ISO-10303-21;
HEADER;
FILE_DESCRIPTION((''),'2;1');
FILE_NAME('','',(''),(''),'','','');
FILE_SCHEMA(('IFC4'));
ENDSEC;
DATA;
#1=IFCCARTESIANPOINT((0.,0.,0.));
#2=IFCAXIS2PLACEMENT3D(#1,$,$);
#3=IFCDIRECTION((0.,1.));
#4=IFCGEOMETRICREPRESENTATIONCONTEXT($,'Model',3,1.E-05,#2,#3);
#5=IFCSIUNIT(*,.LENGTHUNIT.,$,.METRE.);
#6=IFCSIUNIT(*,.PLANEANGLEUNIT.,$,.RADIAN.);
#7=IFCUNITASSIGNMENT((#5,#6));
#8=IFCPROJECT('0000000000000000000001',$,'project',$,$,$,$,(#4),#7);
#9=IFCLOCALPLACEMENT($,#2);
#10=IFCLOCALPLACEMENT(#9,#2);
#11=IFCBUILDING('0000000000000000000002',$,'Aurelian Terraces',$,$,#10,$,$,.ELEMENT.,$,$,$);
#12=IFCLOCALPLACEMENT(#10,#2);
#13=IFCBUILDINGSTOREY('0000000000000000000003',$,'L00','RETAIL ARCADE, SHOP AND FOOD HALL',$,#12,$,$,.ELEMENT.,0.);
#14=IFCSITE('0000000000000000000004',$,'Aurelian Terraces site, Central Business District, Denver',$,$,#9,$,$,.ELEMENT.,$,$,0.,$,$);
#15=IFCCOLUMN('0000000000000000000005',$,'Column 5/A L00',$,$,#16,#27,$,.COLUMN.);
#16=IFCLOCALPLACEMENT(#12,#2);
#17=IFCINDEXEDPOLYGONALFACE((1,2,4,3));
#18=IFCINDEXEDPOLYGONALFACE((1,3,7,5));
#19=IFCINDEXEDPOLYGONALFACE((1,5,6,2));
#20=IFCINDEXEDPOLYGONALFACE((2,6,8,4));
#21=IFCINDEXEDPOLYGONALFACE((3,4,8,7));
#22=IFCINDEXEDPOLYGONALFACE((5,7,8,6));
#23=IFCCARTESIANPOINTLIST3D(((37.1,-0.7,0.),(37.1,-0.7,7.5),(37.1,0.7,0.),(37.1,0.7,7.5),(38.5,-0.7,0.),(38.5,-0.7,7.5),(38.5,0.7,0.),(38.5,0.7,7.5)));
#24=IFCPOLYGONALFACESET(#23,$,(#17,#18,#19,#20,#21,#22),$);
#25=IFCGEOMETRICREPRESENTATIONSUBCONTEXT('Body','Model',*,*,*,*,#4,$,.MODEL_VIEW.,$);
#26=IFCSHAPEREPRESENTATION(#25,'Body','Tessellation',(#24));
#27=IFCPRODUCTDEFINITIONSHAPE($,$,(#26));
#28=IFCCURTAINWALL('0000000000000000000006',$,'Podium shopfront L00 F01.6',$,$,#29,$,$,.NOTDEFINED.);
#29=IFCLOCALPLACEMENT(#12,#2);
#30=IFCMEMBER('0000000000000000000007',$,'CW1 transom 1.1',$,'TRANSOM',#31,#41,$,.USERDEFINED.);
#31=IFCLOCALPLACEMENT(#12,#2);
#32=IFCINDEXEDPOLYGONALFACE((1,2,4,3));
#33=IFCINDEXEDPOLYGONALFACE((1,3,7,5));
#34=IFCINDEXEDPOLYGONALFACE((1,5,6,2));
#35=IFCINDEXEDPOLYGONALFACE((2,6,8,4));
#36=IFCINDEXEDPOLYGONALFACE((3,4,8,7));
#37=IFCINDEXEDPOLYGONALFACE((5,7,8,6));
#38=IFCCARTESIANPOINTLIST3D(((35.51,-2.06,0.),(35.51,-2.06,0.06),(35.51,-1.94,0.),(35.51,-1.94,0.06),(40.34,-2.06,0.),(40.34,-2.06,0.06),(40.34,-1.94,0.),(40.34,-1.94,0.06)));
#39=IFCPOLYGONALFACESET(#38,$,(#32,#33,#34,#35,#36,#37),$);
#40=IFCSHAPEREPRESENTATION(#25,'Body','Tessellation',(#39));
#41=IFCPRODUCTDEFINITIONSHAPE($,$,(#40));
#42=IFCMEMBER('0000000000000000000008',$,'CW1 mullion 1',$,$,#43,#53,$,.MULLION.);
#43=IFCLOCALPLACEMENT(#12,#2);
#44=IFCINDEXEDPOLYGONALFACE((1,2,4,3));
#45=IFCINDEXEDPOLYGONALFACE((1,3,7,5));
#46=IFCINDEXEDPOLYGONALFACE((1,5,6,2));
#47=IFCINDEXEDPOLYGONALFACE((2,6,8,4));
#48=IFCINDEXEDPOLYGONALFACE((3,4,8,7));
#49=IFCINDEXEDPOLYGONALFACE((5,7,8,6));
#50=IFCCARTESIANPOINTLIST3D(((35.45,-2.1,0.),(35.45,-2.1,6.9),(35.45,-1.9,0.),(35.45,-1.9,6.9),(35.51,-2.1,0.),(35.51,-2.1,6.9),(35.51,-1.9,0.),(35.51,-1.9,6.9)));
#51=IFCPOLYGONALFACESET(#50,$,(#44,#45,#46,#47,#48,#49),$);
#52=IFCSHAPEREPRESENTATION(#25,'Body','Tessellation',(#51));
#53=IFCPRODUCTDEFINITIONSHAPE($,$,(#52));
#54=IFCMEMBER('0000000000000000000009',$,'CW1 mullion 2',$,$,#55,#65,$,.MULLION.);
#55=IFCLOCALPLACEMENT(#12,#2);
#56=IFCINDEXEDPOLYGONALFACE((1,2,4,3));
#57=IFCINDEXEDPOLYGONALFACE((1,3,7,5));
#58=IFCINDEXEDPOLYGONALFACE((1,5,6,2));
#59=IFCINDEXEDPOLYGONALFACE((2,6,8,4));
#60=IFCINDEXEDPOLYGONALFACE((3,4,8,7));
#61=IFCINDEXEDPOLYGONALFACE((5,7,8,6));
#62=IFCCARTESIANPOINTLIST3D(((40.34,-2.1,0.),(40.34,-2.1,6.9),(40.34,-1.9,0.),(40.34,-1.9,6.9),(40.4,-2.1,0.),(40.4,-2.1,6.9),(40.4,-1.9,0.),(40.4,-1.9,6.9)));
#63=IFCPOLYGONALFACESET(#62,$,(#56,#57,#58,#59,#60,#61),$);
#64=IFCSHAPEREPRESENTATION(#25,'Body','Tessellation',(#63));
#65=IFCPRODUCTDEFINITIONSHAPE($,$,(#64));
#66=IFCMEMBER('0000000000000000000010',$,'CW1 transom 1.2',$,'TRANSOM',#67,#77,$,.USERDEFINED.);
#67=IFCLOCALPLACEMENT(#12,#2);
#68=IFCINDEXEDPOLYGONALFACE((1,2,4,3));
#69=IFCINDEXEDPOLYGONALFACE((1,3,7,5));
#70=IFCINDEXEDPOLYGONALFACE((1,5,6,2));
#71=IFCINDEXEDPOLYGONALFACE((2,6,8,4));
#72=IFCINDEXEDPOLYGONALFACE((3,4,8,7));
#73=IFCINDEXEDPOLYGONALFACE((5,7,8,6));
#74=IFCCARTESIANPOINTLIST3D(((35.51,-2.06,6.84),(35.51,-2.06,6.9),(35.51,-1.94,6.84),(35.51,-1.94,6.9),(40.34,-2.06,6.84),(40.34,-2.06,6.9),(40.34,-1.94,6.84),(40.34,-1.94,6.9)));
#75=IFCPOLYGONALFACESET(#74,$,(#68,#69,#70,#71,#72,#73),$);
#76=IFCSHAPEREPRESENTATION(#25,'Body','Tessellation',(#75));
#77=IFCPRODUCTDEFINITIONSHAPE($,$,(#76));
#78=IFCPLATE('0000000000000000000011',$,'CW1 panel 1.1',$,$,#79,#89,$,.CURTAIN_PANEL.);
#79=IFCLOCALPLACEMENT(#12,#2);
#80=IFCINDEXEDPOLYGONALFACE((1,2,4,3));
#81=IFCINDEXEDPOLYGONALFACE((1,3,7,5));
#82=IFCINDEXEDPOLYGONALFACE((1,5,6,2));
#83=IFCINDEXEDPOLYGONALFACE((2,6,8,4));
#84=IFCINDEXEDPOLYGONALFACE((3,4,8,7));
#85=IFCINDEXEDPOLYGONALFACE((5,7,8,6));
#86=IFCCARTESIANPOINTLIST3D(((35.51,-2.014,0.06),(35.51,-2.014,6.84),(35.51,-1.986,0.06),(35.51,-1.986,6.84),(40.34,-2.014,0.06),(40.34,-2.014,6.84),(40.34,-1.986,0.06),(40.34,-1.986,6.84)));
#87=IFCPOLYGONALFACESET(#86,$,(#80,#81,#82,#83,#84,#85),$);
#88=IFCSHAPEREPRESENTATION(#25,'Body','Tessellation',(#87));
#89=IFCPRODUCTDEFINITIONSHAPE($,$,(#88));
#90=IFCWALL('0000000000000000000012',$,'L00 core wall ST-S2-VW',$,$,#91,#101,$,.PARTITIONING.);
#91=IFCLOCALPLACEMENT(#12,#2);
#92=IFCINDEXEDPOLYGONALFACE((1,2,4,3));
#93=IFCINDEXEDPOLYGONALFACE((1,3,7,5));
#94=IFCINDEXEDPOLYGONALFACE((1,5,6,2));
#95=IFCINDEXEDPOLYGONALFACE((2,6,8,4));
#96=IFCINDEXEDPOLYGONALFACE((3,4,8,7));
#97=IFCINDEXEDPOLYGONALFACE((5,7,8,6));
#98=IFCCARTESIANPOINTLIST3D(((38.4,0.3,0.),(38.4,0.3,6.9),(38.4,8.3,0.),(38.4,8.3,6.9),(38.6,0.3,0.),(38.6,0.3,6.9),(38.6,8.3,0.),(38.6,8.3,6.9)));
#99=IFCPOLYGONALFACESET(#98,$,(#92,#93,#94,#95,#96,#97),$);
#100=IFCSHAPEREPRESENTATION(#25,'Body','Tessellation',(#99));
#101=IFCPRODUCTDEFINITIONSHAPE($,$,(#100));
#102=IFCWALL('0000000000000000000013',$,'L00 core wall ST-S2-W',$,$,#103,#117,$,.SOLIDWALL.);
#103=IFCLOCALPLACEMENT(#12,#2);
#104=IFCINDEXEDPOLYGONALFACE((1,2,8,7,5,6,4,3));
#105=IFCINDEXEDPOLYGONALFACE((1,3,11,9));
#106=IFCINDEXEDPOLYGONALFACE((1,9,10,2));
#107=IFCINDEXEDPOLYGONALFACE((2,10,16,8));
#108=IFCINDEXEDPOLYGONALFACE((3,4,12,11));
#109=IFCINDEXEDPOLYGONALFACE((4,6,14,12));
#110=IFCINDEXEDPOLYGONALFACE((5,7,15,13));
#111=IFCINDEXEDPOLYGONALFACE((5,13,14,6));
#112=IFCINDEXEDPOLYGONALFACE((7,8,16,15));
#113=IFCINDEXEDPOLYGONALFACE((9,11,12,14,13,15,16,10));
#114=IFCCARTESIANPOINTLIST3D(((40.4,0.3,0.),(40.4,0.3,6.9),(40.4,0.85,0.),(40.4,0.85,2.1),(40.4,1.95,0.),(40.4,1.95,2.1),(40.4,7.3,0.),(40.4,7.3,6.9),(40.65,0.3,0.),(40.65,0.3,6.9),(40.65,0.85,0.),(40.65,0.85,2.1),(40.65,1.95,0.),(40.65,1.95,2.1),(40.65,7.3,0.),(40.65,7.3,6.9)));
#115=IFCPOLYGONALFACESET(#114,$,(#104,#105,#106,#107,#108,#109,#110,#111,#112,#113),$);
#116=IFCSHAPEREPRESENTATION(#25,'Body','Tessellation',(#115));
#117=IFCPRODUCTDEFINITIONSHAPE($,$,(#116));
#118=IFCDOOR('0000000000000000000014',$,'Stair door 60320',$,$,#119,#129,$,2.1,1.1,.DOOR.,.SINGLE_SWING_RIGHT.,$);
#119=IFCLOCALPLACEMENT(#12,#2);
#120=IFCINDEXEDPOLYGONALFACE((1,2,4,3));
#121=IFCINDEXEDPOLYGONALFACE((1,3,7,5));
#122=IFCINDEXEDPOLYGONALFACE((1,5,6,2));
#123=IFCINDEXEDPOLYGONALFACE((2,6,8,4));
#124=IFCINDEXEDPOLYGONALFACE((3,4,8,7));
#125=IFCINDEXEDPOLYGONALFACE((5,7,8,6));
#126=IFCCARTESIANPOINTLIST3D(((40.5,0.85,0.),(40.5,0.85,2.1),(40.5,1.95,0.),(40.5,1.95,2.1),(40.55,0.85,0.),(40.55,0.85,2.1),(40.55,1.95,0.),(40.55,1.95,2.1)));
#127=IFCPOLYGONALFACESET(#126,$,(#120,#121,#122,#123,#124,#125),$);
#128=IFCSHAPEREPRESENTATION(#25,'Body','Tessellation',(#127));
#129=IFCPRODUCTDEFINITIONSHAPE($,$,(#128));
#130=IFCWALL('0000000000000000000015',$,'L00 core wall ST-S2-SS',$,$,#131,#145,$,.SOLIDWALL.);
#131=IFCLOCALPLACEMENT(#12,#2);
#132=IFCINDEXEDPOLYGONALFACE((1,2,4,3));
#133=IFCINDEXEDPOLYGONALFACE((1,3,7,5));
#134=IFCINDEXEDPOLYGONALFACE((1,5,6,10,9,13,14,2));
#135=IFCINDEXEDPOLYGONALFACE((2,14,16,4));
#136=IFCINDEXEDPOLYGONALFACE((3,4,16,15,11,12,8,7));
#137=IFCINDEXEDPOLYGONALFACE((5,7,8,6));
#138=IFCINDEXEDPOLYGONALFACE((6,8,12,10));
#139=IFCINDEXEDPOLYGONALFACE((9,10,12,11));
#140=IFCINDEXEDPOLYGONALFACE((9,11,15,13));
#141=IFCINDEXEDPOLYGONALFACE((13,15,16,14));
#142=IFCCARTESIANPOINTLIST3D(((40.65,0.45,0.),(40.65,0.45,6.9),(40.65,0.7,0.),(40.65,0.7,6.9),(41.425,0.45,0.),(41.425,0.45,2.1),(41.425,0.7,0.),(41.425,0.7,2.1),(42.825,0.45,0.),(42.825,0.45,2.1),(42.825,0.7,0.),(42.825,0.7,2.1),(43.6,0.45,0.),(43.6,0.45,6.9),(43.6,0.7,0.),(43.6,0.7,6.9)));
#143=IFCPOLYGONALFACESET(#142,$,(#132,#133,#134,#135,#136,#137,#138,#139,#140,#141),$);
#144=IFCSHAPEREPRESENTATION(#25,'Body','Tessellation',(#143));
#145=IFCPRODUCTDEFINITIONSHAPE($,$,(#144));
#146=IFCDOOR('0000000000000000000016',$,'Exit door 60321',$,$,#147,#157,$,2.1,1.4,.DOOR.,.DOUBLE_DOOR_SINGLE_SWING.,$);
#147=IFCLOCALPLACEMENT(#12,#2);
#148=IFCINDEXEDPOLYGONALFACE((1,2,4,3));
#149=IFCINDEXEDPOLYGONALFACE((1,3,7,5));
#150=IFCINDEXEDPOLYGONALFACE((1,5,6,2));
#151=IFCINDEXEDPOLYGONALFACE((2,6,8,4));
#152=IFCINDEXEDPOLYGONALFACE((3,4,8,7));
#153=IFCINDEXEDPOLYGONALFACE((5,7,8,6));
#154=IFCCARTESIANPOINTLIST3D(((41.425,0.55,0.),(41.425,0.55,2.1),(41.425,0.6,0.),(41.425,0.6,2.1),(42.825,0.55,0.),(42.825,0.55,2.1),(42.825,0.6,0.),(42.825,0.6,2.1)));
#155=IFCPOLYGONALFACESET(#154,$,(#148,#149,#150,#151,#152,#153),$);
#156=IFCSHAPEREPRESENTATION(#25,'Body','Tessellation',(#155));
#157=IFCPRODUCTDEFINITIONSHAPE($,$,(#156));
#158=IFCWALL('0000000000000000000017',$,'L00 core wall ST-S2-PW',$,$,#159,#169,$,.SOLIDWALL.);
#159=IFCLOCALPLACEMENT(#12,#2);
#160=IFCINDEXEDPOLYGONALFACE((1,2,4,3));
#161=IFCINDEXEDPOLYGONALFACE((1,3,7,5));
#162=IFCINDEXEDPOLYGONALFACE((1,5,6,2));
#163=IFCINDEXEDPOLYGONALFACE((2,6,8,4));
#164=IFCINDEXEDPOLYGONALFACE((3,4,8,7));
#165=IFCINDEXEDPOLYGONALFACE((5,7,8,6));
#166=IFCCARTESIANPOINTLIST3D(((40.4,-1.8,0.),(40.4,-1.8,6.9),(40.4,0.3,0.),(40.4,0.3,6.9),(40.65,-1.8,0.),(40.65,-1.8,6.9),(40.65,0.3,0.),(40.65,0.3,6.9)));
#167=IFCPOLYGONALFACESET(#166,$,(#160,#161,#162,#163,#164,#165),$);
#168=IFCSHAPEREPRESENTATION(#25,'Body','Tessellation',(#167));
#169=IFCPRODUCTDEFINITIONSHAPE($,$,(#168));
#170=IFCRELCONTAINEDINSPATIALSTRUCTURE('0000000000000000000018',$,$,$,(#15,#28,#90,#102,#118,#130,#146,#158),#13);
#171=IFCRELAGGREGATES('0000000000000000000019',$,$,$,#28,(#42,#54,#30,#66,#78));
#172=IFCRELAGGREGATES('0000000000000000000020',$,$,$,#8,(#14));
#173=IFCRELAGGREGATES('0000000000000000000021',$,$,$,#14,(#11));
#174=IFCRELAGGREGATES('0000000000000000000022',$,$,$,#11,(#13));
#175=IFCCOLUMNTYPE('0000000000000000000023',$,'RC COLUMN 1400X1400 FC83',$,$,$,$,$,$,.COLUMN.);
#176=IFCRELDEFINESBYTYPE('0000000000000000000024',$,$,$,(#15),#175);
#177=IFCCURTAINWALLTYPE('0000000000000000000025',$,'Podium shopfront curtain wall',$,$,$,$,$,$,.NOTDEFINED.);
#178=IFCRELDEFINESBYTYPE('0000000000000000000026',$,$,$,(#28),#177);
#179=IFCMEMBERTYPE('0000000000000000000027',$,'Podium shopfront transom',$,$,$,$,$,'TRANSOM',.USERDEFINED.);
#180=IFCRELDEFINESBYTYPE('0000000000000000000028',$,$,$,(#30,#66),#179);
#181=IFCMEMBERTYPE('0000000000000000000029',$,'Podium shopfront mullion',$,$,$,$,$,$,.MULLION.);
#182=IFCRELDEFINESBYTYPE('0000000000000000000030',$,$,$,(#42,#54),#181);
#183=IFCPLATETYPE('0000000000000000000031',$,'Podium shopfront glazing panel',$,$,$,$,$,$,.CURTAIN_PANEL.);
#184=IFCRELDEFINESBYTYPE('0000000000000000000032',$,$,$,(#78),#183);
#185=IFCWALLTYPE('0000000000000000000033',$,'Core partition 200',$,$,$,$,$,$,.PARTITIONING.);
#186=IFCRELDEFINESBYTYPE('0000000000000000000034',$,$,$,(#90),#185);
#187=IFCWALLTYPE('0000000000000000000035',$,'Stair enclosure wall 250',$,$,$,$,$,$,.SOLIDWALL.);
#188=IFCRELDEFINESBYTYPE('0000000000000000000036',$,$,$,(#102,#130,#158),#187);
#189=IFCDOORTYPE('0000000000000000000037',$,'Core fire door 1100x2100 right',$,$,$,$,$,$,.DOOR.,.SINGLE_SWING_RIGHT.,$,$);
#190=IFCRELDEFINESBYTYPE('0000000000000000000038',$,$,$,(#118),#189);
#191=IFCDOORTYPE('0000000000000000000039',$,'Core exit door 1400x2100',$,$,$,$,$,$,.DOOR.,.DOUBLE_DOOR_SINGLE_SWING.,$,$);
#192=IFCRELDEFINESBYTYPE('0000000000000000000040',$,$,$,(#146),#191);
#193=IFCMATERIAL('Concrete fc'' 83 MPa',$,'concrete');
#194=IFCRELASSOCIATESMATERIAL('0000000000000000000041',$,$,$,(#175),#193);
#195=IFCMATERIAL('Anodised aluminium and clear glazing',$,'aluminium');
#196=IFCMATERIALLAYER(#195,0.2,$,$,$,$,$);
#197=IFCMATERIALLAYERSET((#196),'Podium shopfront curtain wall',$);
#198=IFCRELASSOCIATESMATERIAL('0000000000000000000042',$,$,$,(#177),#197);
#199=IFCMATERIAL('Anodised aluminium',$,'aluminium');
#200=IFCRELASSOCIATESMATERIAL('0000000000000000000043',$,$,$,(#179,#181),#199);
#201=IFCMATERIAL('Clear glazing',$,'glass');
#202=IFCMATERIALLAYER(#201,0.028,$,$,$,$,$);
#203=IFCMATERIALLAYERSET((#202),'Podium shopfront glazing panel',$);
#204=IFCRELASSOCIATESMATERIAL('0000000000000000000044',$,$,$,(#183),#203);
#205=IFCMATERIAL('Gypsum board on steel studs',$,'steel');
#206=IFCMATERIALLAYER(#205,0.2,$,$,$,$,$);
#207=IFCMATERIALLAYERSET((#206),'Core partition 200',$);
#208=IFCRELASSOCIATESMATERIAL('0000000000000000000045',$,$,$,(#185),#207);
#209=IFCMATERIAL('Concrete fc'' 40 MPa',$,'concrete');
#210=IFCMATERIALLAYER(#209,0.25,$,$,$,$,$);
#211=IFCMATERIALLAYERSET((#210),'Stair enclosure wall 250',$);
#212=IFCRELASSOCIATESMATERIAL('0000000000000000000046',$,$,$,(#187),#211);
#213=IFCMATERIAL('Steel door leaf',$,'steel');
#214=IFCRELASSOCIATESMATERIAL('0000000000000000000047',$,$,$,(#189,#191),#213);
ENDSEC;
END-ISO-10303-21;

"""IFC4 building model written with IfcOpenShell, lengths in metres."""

from ifc_helpers import new_model, si_unit, direction, frame, frame_2d, origin, origin_2d, place, context, subcontext, project, spatial, rectangle, extrude, source, transform, mapped, material, layer, layer_set, material_profile, profile_set, type_object, element, fill, aggregate, save


model = new_model("IFC4")

# Units and contexts
model_context = context("Model", 3, precision=1e-05, world=origin(), true_north=direction((0.0, 1.0)))
body_context = subcontext(model_context, "Body", "Model", "MODEL_VIEW")
ifc_project = project(units=[si_unit("LENGTHUNIT", "METRE"), si_unit("PLANEANGLEUNIT", "RADIAN")], contexts=[model_context])

# Site, building, storey
site_placement = place(None, origin())
site = spatial("IfcSite", under=ifc_project, at=site_placement, Name="Aurelian Terraces site, Central Business District, Denver", CompositionType="ELEMENT", RefElevation=0.0)
building_placement = place(site_placement, origin())
building = spatial("IfcBuilding", under=site, at=building_placement, Name="Aurelian Terraces", CompositionType="ELEMENT")
storey_placement = place(building_placement, origin())
storey = spatial("IfcBuildingStorey", under=building, at=storey_placement, Name="L00", Description="RETAIL ARCADE, SHOP AND FOOD HALL", CompositionType="ELEMENT", Elevation=0.0)

# Column
ifc_material_1 = material(Name="Concrete fc' 83 MPa", Category="concrete")
ifc_material_profile_1 = material_profile(ifc_material_1, rectangle(XDim=1.4, YDim=1.4, at=origin_2d()))
ifc_profile_set_1 = profile_set([ifc_material_profile_1], Name="Concrete fc' 83 MPa")
column_type = type_object("IfcColumnType", Name="RC COLUMN 1400X1400 FC83", PredefinedType="COLUMN", material=ifc_profile_set_1)
shared_shape_1 = source(origin(), body_context, "Body", "SweptSolid", [
    extrude(rectangle(XDim=1.4, YDim=1.4, at=origin_2d()), origin(), (0.0, 0.0, 1.0), 7.5),
])
column_placement = place(storey_placement, frame((37.8, 0.0, 0.0), z_axis=(0.0, 0.0, 1.0), x_axis=(1.0, 0.0, 0.0)))
element("IfcColumn", 1, at=column_placement, inside=storey, type_object=column_type, Name="Column 5/A L00", PredefinedType="COLUMN", context=body_context, shape_type="MappedRepresentation", body=[
    mapped(shared_shape_1, transform((0.0, 0.0, 0.0), scale=1.0)),
])

# Curtain wall, members, plate
ifc_material_2 = material(Name="Anodised aluminium and clear glazing", Category="aluminium")
ifc_layer_1 = layer(ifc_material_2, 0.2)
ifc_layer_set_1 = layer_set([ifc_layer_1], Name="Podium shopfront curtain wall")
curtain_wall_type = type_object("IfcCurtainWallType", Name="Podium shopfront curtain wall", PredefinedType="NOTDEFINED", material=ifc_layer_set_1)
curtain_wall_placement = place(storey_placement, origin())
curtain_wall = element("IfcCurtainWall", 2, at=curtain_wall_placement, inside=storey, type_object=curtain_wall_type, Name="Podium shopfront L00 F01.6", PredefinedType="NOTDEFINED")
ifc_material_3 = material(Name="Anodised aluminium", Category="aluminium")
ifc_material_profile_2 = material_profile(ifc_material_3, rectangle(XDim=0.12, YDim=0.06, at=origin_2d()))
ifc_profile_set_2 = profile_set([ifc_material_profile_2], Name="Anodised aluminium")
member_type_1 = type_object("IfcMemberType", Name="Podium shopfront transom", ElementType="TRANSOM", PredefinedType="USERDEFINED", material=ifc_profile_set_2)
member_1_placement = place(storey_placement, frame((35.51, -2.0, 0.03), z_axis=(1.0, 0.0, 0.0), x_axis=(0.0, 1.0, 0.0)))
member_1 = element("IfcMember", 3, at=member_1_placement, type_object=member_type_1, Name="CW1 transom 1.1", ObjectType="TRANSOM", PredefinedType="USERDEFINED", context=body_context, shape_type="SweptSolid", body=[
    extrude(rectangle(XDim=0.12, YDim=0.06, at=origin_2d()), origin(), (0.0, 0.0, 1.0), 4.83),
])
ifc_material_profile_3 = material_profile(ifc_material_3, rectangle(XDim=0.2, YDim=0.06, at=origin_2d()))
ifc_profile_set_3 = profile_set([ifc_material_profile_3], Name="Anodised aluminium")
member_type_2 = type_object("IfcMemberType", Name="Podium shopfront mullion", PredefinedType="MULLION", material=ifc_profile_set_3)
shared_shape_2 = source(origin(), body_context, "Body", "SweptSolid", [
    extrude(rectangle(XDim=0.2, YDim=0.06, at=origin_2d()), origin(), (0.0, 0.0, 1.0), 6.9),
])
member_2_placement = place(storey_placement, frame((35.48, -2.0, 0.0), z_axis=(0.0, 0.0, 1.0), x_axis=(0.0, 1.0, 0.0)))
member_2 = element("IfcMember", 4, at=member_2_placement, type_object=member_type_2, Name="CW1 mullion 1", PredefinedType="MULLION", context=body_context, shape_type="MappedRepresentation", body=[
    mapped(shared_shape_2, transform((0.0, 0.0, 0.0), scale=1.0)),
])
member_3_placement = place(storey_placement, frame((40.37, -2.0, 0.0), z_axis=(0.0, 0.0, 1.0), x_axis=(0.0, 1.0, 0.0)))
member_3 = element("IfcMember", 5, at=member_3_placement, type_object=member_type_2, Name="CW1 mullion 2", PredefinedType="MULLION", context=body_context, shape_type="MappedRepresentation", body=[
    mapped(shared_shape_2, transform((0.0, 0.0, 0.0), scale=1.0)),
])
shared_shape_3 = source(origin(), body_context, "Body", "SweptSolid", [
    extrude(rectangle(XDim=0.12, YDim=0.06, at=origin_2d()), origin(), (0.0, 0.0, 1.0), 4.83),
])
member_4_placement = place(storey_placement, frame((35.51, -2.0, 6.87), z_axis=(1.0, 0.0, 0.0), x_axis=(0.0, 1.0, 0.0)))
member_4 = element("IfcMember", 6, at=member_4_placement, type_object=member_type_1, Name="CW1 transom 1.2", ObjectType="TRANSOM", PredefinedType="USERDEFINED", context=body_context, shape_type="MappedRepresentation", body=[
    mapped(shared_shape_3, transform((0.0, 0.0, 0.0), scale=1.0)),
])
ifc_material_4 = material(Name="Clear glazing", Category="glass")
ifc_layer_2 = layer(ifc_material_4, 0.028)
ifc_layer_set_2 = layer_set([ifc_layer_2], Name="Podium shopfront glazing panel")
plate_type = type_object("IfcPlateType", Name="Podium shopfront glazing panel", PredefinedType="CURTAIN_PANEL", material=ifc_layer_set_2)
plate_placement = place(storey_placement, frame((37.925, -2.0, 0.06), z_axis=(0.0, 0.0, 1.0), x_axis=(1.0, 0.0, 0.0)))
plate = element("IfcPlate", 7, at=plate_placement, type_object=plate_type, Name="CW1 panel 1.1", PredefinedType="CURTAIN_PANEL", context=body_context, shape_type="SweptSolid", body=[
    extrude(rectangle(XDim=4.83, YDim=0.028, at=origin_2d()), origin(), (0.0, 0.0, 1.0), 6.78),
])
aggregate(curtain_wall, [member_2, member_3, member_1, member_4, plate])

# Wall
ifc_material_5 = material(Name="Gypsum board on steel studs", Category="steel")
ifc_layer_3 = layer(ifc_material_5, 0.2)
ifc_layer_set_3 = layer_set([ifc_layer_3], Name="Core partition 200")
wall_type_1 = type_object("IfcWallType", Name="Core partition 200", PredefinedType="PARTITIONING", material=ifc_layer_set_3)
wall_1_placement = place(storey_placement, frame((38.5, 0.3, 0.0), z_axis=(0.0, 0.0, 1.0), x_axis=(0.0, 1.0, 0.0)))
element("IfcWall", 8, at=wall_1_placement, inside=storey, type_object=wall_type_1, Name="L00 core wall ST-S2-VW", PredefinedType="PARTITIONING", context=body_context, shape_type="SweptSolid", body=[
    extrude(rectangle(XDim=8.0, YDim=0.2, at=frame_2d((4.0, 0.0))), origin(), (0.0, 0.0, 1.0), 6.9),
])

# Walls, openings, doors
ifc_material_6 = material(Name="Concrete fc' 40 MPa", Category="concrete")
ifc_layer_4 = layer(ifc_material_6, 0.25)
ifc_layer_set_4 = layer_set([ifc_layer_4], Name="Stair enclosure wall 250")
wall_type_2 = type_object("IfcWallType", Name="Stair enclosure wall 250", PredefinedType="SOLIDWALL", material=ifc_layer_set_4)
wall_2_placement = place(storey_placement, frame((40.525, 0.3, 0.0), z_axis=(0.0, 0.0, 1.0), x_axis=(0.0, 1.0, 0.0)))
wall_2 = element("IfcWall", 9, at=wall_2_placement, inside=storey, type_object=wall_type_2, Name="L00 core wall ST-S2-W", PredefinedType="SOLIDWALL", context=body_context, shape_type="SweptSolid", body=[
    extrude(rectangle(XDim=7.0, YDim=0.25, at=frame_2d((3.5, 0.0))), origin(), (0.0, 0.0, 1.0), 6.9),
])
shared_shape_4 = source(origin(), body_context, "Body", "SweptSolid", [
    extrude(rectangle(XDim=1.1, YDim=2.1, at=frame_2d((0.55, 1.05))), frame((0.0, 0.135, 0.0), z_axis=(0.0, -1.0, 0.0), x_axis=(1.0, 0.0, 0.0)), (0.0, 0.0, 1.0), 0.27),
])
opening_1_placement = place(wall_2_placement, frame((0.55, 0.0, 0.0)))
opening_1 = element("IfcOpeningElement", 10, at=opening_1_placement, cuts=wall_2, PredefinedType="OPENING", context=body_context, shape_type="MappedRepresentation", body=[
    mapped(shared_shape_4, transform((0.0, 0.0, 0.0), scale=1.0)),
])
ifc_material_7 = material(Name="Steel door leaf", Category="steel")
door_type_1 = type_object("IfcDoorType", Name="Core fire door 1100x2100 right", OperationType="SINGLE_SWING_RIGHT", PredefinedType="DOOR", material=ifc_material_7)
shared_shape_5 = source(origin(), body_context, "Body", "SweptSolid", [
    extrude(rectangle(XDim=1.1, YDim=2.1, at=frame_2d((0.55, 1.05))), frame((0.0, 0.025, 0.0), z_axis=(0.0, -1.0, 0.0), x_axis=(1.0, 0.0, 0.0)), (0.0, 0.0, 1.0), 0.05),
])
door_1_placement = place(opening_1_placement, origin())
door_1 = element("IfcDoor", 11, at=door_1_placement, inside=storey, type_object=door_type_1, Name="Stair door 60320", OperationType="SINGLE_SWING_RIGHT", OverallHeight=2.1, OverallWidth=1.1, PredefinedType="DOOR", context=body_context, shape_type="MappedRepresentation", body=[
    mapped(shared_shape_5, transform((0.0, 0.0, 0.0), scale=1.0)),
])
fill(opening_1, door_1)
wall_3_placement = place(storey_placement, frame((40.65, 0.575, 0.0), z_axis=(0.0, 0.0, 1.0), x_axis=(1.0, 0.0, 0.0)))
wall_3 = element("IfcWall", 12, at=wall_3_placement, inside=storey, type_object=wall_type_2, Name="L00 core wall ST-S2-SS", PredefinedType="SOLIDWALL", context=body_context, shape_type="SweptSolid", body=[
    extrude(rectangle(XDim=2.95, YDim=0.25, at=frame_2d((1.475, 0.0))), origin(), (0.0, 0.0, 1.0), 6.9),
])
opening_2_placement = place(wall_3_placement, frame((0.775, 0.0, 0.0)))
opening_2 = element("IfcOpeningElement", 13, at=opening_2_placement, cuts=wall_3, PredefinedType="OPENING", context=body_context, shape_type="SweptSolid", body=[
    extrude(rectangle(XDim=1.4, YDim=2.1, at=frame_2d((0.7, 1.05))), frame((0.0, 0.135, 0.0), z_axis=(0.0, -1.0, 0.0), x_axis=(1.0, 0.0, 0.0)), (0.0, 0.0, 1.0), 0.27),
])
door_type_2 = type_object("IfcDoorType", Name="Core exit door 1400x2100", OperationType="DOUBLE_DOOR_SINGLE_SWING", PredefinedType="DOOR", material=ifc_material_7)
door_2_placement = place(opening_2_placement, origin())
door_2 = element("IfcDoor", 14, at=door_2_placement, inside=storey, type_object=door_type_2, Name="Exit door 60321", OperationType="DOUBLE_DOOR_SINGLE_SWING", OverallHeight=2.1, OverallWidth=1.4, PredefinedType="DOOR", context=body_context, shape_type="SweptSolid", body=[
    extrude(rectangle(XDim=1.4, YDim=2.1, at=frame_2d((0.7, 1.05))), frame((0.0, 0.025, 0.0), z_axis=(0.0, -1.0, 0.0), x_axis=(1.0, 0.0, 0.0)), (0.0, 0.0, 1.0), 0.05),
])
fill(opening_2, door_2)

# Wall
wall_4_placement = place(storey_placement, frame((40.525, -1.8, 0.0), z_axis=(0.0, 0.0, 1.0), x_axis=(0.0, 1.0, 0.0)))
element("IfcWall", 15, at=wall_4_placement, inside=storey, type_object=wall_type_2, Name="L00 core wall ST-S2-PW", PredefinedType="SOLIDWALL", context=body_context, shape_type="SweptSolid", body=[
    extrude(rectangle(XDim=2.1, YDim=0.25, at=frame_2d((1.05, 0.0))), origin(), (0.0, 0.0, 1.0), 6.9),
])

save(model, "model.ifc")
